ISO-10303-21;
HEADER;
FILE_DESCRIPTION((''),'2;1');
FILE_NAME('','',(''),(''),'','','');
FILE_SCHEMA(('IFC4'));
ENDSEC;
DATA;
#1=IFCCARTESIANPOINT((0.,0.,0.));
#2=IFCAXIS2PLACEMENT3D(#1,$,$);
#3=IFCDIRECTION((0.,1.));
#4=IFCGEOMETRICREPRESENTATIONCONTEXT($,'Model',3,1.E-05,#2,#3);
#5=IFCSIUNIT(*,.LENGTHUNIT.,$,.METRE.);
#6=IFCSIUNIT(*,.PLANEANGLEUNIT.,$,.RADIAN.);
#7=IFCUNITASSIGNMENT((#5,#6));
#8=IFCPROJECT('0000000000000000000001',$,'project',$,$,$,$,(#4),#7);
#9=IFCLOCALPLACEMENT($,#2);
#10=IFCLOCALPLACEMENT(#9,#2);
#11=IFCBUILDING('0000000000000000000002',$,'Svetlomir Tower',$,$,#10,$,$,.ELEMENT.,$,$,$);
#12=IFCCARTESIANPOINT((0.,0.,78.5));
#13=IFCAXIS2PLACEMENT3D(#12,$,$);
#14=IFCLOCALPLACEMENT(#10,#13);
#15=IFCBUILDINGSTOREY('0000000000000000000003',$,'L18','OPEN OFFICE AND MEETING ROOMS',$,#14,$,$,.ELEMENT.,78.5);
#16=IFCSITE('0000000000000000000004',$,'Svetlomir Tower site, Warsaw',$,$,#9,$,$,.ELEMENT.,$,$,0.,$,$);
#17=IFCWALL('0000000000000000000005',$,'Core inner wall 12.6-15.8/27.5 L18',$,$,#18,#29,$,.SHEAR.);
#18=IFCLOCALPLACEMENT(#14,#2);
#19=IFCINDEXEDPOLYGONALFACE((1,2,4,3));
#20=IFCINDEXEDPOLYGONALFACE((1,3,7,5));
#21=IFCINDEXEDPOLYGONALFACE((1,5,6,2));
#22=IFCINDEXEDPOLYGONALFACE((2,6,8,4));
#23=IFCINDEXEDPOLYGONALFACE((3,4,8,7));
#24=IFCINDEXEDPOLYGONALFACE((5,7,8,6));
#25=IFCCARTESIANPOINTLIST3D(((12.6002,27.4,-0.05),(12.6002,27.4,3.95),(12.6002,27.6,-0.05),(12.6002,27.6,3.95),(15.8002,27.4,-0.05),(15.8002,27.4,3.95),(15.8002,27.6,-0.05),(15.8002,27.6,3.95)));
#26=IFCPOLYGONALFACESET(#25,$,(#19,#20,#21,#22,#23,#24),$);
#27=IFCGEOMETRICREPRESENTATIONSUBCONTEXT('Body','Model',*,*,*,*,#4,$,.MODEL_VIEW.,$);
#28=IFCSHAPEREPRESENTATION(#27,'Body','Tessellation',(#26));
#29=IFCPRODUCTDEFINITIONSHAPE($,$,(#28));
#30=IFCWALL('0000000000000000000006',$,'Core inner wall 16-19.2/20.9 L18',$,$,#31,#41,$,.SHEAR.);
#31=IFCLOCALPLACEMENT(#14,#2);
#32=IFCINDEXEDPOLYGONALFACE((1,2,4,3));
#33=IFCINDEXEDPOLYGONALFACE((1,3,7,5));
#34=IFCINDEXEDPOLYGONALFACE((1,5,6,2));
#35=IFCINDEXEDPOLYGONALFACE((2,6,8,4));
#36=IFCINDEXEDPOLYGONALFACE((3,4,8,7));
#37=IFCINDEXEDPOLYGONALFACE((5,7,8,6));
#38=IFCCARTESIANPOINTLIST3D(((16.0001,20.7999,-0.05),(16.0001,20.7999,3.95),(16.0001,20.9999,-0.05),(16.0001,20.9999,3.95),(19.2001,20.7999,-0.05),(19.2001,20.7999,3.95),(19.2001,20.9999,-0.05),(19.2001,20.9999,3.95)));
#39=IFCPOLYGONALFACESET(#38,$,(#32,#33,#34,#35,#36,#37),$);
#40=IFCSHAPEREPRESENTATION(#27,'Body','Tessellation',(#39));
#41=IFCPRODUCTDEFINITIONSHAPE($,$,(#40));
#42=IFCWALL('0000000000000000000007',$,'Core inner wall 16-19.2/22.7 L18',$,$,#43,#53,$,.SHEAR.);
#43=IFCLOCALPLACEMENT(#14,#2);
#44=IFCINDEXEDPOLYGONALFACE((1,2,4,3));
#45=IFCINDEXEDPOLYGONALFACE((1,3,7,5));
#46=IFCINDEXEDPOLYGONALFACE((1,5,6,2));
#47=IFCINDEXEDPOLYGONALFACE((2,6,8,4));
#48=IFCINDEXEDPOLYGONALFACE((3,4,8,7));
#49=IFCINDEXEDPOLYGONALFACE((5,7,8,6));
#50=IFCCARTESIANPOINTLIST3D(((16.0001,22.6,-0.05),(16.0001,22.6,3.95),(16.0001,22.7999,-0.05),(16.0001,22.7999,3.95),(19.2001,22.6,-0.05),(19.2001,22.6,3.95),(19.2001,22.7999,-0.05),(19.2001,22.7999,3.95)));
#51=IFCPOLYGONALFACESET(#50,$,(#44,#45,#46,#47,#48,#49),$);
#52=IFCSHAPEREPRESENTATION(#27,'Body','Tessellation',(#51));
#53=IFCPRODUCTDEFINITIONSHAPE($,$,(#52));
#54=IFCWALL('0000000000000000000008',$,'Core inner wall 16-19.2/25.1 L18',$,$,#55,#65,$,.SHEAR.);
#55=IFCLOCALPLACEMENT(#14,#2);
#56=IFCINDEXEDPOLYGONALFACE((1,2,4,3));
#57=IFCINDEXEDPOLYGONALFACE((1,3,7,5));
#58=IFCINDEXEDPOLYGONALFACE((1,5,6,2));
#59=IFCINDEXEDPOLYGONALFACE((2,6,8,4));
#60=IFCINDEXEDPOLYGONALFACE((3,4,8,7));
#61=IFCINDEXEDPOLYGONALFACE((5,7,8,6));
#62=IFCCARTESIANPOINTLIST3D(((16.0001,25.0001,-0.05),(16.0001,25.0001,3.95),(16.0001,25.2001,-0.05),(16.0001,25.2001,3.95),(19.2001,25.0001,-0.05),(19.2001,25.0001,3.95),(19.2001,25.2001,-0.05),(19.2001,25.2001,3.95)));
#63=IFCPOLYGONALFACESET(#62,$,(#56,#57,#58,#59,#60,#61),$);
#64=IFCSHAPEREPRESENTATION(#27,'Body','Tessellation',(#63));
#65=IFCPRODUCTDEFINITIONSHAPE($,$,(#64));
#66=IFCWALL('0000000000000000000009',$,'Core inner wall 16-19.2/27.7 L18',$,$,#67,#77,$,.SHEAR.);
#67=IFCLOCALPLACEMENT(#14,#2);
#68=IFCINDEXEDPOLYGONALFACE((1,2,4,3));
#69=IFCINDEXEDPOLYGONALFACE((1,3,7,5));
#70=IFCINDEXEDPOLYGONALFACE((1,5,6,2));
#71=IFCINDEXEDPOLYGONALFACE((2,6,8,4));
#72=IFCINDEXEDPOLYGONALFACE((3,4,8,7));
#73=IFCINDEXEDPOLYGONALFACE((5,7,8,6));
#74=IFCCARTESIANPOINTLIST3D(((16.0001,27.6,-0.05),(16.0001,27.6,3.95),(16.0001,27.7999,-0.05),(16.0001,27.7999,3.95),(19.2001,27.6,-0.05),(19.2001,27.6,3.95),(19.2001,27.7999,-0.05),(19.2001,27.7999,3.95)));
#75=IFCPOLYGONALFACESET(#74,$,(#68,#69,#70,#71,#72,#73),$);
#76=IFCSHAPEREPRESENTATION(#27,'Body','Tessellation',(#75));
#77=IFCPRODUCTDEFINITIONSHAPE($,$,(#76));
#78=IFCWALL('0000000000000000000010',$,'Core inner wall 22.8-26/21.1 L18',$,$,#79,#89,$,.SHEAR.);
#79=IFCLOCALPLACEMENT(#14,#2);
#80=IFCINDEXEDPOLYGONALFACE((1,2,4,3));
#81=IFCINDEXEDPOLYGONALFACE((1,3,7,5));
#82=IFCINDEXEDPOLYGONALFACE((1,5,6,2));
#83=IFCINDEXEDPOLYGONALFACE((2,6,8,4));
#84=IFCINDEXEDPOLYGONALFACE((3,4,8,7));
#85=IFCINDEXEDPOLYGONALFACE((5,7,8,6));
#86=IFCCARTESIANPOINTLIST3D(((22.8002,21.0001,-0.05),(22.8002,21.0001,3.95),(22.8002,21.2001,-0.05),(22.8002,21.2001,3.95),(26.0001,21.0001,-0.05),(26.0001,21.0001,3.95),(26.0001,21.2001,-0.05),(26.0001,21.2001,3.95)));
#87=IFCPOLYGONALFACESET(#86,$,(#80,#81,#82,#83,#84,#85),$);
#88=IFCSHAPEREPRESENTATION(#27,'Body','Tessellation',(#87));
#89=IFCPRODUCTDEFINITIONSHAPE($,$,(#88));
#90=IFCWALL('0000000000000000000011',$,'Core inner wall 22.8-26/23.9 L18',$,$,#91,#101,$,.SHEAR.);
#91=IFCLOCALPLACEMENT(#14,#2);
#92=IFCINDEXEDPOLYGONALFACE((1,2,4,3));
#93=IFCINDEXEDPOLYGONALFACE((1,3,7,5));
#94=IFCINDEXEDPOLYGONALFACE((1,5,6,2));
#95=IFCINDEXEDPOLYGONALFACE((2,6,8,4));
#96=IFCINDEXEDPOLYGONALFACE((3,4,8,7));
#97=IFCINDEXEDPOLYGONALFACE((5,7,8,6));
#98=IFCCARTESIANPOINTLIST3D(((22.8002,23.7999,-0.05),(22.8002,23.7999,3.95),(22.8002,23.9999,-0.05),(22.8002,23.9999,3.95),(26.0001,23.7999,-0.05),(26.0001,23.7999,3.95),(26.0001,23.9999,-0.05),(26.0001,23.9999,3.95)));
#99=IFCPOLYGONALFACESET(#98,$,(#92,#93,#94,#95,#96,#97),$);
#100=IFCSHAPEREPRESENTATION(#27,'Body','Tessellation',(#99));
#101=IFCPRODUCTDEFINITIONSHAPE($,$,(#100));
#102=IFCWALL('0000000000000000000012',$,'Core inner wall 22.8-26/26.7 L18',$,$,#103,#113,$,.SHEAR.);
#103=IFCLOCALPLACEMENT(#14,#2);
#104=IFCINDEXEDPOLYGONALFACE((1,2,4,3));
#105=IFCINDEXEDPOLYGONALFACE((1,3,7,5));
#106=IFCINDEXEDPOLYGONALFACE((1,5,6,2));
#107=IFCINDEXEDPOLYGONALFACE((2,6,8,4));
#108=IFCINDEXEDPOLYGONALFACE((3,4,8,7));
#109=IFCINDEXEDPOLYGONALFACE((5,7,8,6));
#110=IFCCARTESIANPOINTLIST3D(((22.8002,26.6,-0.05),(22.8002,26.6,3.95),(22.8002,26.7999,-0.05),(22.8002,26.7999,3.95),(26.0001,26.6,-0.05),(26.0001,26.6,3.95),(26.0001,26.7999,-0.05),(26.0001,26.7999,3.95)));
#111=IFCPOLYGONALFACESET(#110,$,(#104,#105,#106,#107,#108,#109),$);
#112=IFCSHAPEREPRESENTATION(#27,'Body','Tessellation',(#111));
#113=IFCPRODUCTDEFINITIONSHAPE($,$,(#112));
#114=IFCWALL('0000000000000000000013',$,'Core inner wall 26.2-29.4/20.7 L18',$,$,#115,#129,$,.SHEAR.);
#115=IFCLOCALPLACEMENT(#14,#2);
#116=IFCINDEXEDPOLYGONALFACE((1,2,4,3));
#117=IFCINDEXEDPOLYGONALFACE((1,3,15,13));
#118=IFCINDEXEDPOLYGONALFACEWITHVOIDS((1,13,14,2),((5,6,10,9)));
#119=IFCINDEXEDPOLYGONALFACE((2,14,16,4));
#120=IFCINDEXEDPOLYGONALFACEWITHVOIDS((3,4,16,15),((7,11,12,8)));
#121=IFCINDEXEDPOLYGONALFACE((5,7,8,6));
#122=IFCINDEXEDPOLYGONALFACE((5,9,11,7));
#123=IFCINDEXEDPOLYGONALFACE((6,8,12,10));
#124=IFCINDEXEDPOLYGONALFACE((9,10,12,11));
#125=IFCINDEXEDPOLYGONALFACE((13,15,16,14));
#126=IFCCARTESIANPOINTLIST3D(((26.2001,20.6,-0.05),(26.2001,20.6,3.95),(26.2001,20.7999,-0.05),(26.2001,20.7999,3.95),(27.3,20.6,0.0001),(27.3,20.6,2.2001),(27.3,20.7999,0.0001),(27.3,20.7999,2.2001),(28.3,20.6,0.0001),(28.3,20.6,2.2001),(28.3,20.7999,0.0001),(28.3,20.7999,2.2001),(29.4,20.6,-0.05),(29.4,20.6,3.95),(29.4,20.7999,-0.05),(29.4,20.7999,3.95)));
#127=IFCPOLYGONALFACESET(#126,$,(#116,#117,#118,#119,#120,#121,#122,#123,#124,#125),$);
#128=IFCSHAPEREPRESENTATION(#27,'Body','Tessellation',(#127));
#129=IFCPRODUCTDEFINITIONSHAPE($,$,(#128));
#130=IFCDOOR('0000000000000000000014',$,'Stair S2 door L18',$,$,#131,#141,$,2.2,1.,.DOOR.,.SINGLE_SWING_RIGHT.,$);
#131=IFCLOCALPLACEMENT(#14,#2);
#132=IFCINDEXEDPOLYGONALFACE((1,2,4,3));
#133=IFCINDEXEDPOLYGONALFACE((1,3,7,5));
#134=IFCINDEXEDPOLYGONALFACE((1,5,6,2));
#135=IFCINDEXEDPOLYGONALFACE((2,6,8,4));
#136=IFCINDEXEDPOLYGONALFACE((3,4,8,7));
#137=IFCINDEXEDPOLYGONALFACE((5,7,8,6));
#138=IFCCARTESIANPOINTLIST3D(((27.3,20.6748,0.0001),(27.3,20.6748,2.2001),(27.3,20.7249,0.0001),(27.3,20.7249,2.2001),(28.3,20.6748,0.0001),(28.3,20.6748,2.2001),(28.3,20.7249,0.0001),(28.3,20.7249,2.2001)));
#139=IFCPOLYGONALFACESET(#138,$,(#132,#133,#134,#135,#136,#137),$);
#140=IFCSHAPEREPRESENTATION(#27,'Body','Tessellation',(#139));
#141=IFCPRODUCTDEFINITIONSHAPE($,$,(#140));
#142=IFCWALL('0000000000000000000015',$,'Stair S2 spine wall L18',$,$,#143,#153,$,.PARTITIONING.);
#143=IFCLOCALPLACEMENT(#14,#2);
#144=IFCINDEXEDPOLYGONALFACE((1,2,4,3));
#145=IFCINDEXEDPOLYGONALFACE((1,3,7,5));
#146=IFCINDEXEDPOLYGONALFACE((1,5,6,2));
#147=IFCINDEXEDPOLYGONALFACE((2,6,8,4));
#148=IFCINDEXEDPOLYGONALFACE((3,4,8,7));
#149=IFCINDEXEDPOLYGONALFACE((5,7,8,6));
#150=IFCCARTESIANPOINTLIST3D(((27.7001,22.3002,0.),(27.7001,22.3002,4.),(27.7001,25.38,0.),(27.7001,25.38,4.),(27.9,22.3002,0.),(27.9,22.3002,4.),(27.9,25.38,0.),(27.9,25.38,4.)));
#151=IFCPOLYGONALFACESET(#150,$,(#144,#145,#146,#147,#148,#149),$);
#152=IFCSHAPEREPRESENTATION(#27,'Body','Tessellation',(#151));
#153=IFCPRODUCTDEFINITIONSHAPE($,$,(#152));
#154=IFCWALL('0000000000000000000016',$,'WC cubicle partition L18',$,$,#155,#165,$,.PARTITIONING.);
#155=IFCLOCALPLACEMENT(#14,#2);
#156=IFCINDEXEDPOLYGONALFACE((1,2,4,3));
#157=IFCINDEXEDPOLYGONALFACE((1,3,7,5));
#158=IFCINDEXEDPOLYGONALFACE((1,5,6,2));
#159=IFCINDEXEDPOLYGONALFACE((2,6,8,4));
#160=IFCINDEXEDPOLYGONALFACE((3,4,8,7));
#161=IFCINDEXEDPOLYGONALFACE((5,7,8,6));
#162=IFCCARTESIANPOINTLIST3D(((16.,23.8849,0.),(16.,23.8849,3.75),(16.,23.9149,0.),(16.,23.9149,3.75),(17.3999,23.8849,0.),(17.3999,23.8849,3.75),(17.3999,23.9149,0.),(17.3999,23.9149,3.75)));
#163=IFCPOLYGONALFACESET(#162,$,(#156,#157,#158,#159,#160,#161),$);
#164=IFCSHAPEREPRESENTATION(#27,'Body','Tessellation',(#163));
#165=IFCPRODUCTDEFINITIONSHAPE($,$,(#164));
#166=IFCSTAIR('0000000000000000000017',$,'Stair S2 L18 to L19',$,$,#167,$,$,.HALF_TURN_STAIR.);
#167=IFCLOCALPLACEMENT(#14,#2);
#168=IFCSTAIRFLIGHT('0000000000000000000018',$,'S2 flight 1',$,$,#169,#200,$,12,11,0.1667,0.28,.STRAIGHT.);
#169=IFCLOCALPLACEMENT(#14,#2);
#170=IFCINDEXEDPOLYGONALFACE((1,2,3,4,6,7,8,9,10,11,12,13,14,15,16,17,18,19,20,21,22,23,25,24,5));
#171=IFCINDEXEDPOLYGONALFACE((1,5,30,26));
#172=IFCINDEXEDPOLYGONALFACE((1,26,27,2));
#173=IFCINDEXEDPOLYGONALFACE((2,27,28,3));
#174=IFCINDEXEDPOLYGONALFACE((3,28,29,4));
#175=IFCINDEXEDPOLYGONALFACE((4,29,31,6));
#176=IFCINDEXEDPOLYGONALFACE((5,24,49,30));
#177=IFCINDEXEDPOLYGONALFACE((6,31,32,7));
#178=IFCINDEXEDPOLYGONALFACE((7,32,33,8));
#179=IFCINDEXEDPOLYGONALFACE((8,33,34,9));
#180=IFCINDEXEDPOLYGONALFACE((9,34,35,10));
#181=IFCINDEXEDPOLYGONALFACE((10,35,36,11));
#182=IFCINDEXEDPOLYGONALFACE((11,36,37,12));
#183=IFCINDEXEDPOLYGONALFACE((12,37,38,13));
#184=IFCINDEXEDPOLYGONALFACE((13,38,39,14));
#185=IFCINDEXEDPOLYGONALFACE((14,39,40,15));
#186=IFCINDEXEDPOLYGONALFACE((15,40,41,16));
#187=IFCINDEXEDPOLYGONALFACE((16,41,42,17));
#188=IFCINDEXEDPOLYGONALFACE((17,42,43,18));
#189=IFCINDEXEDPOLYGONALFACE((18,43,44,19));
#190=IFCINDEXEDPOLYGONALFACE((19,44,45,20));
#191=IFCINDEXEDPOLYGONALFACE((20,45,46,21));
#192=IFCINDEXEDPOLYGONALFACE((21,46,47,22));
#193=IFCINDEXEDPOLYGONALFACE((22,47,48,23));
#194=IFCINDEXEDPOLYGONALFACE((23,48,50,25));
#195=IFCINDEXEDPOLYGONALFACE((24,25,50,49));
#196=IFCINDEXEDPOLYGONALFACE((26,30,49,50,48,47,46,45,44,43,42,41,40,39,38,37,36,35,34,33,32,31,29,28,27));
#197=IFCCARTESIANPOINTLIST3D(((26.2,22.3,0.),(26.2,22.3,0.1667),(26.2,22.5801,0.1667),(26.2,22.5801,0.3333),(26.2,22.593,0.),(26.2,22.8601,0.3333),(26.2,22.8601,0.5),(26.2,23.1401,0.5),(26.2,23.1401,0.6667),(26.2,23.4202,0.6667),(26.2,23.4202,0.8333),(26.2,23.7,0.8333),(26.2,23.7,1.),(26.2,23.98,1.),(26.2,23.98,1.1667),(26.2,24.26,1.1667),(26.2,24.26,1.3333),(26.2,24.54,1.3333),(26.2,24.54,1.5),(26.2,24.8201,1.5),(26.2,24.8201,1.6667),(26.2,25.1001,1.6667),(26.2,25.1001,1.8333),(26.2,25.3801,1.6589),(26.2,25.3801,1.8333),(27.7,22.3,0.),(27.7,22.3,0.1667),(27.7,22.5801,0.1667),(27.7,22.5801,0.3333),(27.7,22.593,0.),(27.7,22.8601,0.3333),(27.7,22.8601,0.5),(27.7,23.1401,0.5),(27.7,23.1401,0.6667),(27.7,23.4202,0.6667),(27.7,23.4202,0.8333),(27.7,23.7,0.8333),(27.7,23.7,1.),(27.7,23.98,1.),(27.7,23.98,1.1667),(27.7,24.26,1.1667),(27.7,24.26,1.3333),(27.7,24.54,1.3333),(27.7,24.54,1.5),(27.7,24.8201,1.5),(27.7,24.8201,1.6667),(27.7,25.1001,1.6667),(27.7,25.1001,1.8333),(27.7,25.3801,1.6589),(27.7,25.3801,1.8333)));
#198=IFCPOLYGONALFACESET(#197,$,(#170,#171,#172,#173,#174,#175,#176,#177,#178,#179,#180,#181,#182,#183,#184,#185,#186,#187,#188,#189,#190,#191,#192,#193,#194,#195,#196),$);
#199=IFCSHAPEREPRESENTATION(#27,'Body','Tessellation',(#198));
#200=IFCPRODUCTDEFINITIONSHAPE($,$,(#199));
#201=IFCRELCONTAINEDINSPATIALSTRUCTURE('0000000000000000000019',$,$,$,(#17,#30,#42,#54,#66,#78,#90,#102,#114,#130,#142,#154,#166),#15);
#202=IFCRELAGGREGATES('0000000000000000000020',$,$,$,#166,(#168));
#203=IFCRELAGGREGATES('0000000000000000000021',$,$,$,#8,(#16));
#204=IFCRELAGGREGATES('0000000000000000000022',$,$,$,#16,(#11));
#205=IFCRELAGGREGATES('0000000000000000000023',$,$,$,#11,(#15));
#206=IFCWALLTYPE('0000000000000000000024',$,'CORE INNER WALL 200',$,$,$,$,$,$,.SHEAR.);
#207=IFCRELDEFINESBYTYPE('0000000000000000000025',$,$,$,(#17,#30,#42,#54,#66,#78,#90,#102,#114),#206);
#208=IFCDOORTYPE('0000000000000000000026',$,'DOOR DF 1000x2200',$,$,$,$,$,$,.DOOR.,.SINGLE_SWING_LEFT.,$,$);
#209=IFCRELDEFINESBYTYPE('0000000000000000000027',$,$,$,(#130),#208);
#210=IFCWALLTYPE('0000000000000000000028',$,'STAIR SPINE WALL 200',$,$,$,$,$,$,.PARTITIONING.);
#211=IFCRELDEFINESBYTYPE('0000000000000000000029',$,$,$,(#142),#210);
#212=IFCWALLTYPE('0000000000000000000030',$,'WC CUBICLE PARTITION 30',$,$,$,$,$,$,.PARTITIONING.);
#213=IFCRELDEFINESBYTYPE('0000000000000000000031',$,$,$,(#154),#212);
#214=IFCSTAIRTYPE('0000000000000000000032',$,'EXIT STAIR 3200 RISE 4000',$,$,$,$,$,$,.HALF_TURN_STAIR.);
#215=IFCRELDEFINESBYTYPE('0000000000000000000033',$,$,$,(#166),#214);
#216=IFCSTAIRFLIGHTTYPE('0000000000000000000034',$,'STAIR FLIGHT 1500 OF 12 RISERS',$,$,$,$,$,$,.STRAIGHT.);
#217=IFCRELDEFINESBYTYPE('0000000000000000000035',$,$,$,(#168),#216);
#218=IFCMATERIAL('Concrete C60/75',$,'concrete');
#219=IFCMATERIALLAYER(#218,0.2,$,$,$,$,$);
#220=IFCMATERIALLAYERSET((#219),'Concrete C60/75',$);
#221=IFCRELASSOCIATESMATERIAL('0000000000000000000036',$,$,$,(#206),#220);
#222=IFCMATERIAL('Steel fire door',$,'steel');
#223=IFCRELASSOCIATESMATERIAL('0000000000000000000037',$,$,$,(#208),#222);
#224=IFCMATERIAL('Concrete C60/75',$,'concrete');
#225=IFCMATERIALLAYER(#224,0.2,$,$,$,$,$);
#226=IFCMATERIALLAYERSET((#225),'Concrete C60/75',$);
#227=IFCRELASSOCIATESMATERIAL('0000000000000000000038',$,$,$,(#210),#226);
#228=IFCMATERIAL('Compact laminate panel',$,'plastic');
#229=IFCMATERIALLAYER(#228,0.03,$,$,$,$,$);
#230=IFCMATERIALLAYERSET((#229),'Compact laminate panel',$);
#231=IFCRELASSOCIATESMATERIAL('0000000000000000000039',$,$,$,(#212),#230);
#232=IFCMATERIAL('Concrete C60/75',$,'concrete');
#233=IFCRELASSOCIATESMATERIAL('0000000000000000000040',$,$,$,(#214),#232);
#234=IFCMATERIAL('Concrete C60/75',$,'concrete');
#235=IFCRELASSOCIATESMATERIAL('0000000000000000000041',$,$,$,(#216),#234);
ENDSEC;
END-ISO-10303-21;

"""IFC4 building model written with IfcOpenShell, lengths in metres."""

from ifc_helpers import new_model, si_unit, direction, frame, frame_2d, origin, place, context, subcontext, project, spatial, polyline, rectangle, outline, extrude, material, layer, layer_set, type_object, element, fill, aggregate, save


model = new_model("IFC4")

# Units and contexts
model_context = context("Model", 3, precision=1e-05, world=origin(), true_north=direction((0.0, 1.0)))
body_context = subcontext(model_context, "Body", "Model", "MODEL_VIEW")
ifc_project = project(units=[si_unit("LENGTHUNIT", "METRE"), si_unit("PLANEANGLEUNIT", "RADIAN")], contexts=[model_context])

# Site, building, storey
site_placement = place(None, origin())
site = spatial("IfcSite", under=ifc_project, at=site_placement, Name="Svetlomir Tower site, Warsaw", CompositionType="ELEMENT", RefElevation=0.0)
building_placement = place(site_placement, origin())
building = spatial("IfcBuilding", under=site, at=building_placement, Name="Svetlomir Tower", CompositionType="ELEMENT")
storey_placement = place(building_placement, frame((0.0, 0.0, 78.5)))
storey = spatial("IfcBuildingStorey", under=building, at=storey_placement, Name="L18", Description="OPEN OFFICE AND MEETING ROOMS", CompositionType="ELEMENT", Elevation=78.5)

# Walls
ifc_material_1 = material(Name="Concrete C60/75", Category="concrete")
ifc_layer_1 = layer(ifc_material_1, 0.2)
ifc_layer_set_1 = layer_set([ifc_layer_1], Name="Concrete C60/75")
wall_type_1 = type_object("IfcWallType", Name="CORE INNER WALL 200", PredefinedType="SHEAR", material=ifc_layer_set_1)
for number, where, z_axis, x_axis, name in (
    (1, (12.6001, 27.5, -0.05), (0.0, 0.0, 1.0), (1.0, 0.0, 0.0), "Core inner wall 12.6-15.8/27.5 L18"),
    (2, (16.0, 20.8999, -0.05), (0.0, 0.0, 1.0), (1.0, 0.0, 0.0), "Core inner wall 16-19.2/20.9 L18"),
    (3, (16.0, 22.7, -0.05), (0.0, 0.0, 1.0), (1.0, 0.0, 0.0), "Core inner wall 16-19.2/22.7 L18"),
    (4, (16.0, 25.1001, -0.05), (0.0, 0.0, 1.0), (1.0, 0.0, 0.0), "Core inner wall 16-19.2/25.1 L18"),
    (5, (16.0, 27.7, -0.05), (0.0, 0.0, 1.0), (1.0, 0.0, 0.0), "Core inner wall 16-19.2/27.7 L18"),
    (6, (22.8, 21.1001, -0.05), (0.0, 0.0, 1.0), (1.0, 0.0, 0.0), "Core inner wall 22.8-26/21.1 L18"),
    (7, (22.8, 23.8999, -0.05), (0.0, 0.0, 1.0), (1.0, 0.0, 0.0), "Core inner wall 22.8-26/23.9 L18"),
    (8, (22.8, 26.7, -0.05), (0.0, 0.0, 1.0), (1.0, 0.0, 0.0), "Core inner wall 22.8-26/26.7 L18"),
):
    element("IfcWall", number, at=place(storey_placement, frame(where, z_axis=z_axis, x_axis=x_axis)), inside=storey, type_object=wall_type_1, Name=name, PredefinedType="SHEAR", context=body_context, shape_type="SweptSolid", body=[
        extrude(rectangle(XDim=3.2, YDim=0.2, at=frame_2d((1.6001, 0.0))), origin(), (0.0, 0.0, 1.0), 4.0),
    ])

# Wall, opening, door
wall_1_placement = place(storey_placement, frame((26.2, 20.7, -0.05), z_axis=(0.0, 0.0, 1.0), x_axis=(1.0, 0.0, 0.0)))
wall_1 = element("IfcWall", 9, at=wall_1_placement, inside=storey, type_object=wall_type_1, Name="Core inner wall 26.2-29.4/20.7 L18", PredefinedType="SHEAR", context=body_context, shape_type="SweptSolid", body=[
    extrude(rectangle(XDim=3.2, YDim=0.2, at=frame_2d((1.6001, 0.0))), origin(), (0.0, 0.0, 1.0), 4.0),
])
opening_placement = place(wall_1_placement, frame((1.1001, 0.0, 0.05)))
opening = element("IfcOpeningElement", 10, at=opening_placement, cuts=wall_1, PredefinedType="OPENING", context=body_context, shape_type="SweptSolid", body=[
    extrude(rectangle(XDim=1.0, YDim=2.2, at=frame_2d((0.5, 1.1001))), frame((0.0, 0.1099, 0.0), z_axis=(0.0, -1.0, 0.0), x_axis=(1.0, 0.0, 0.0)), (0.0, 0.0, 1.0), 0.22),
])
ifc_material_2 = material(Name="Steel fire door", Category="steel")
door_type = type_object("IfcDoorType", Name="DOOR DF 1000x2200", OperationType="SINGLE_SWING_LEFT", PredefinedType="DOOR", material=ifc_material_2)
door_placement = place(opening_placement, origin())
door = element("IfcDoor", 11, at=door_placement, inside=storey, type_object=door_type, Name="Stair S2 door L18", OperationType="SINGLE_SWING_RIGHT", OverallHeight=2.2, OverallWidth=1.0, PredefinedType="DOOR", context=body_context, shape_type="SweptSolid", body=[
    extrude(rectangle(XDim=1.0, YDim=2.2, at=frame_2d((0.5, 1.1001))), frame((0.0, 0.0249, 0.0), z_axis=(0.0, -1.0, 0.0), x_axis=(1.0, 0.0, 0.0)), (0.0, 0.0, 1.0), 0.05),
])
fill(opening, door)

# Walls
ifc_material_3 = material(Name="Concrete C60/75", Category="concrete")
ifc_layer_2 = layer(ifc_material_3, 0.2)
ifc_layer_set_2 = layer_set([ifc_layer_2], Name="Concrete C60/75")
wall_type_2 = type_object("IfcWallType", Name="STAIR SPINE WALL 200", PredefinedType="PARTITIONING", material=ifc_layer_set_2)
wall_2_placement = place(storey_placement, frame((27.8, 22.3, 0.0), z_axis=(0.0, 0.0, 1.0), x_axis=(0.0, 1.0, 0.0)))
element("IfcWall", 12, at=wall_2_placement, inside=storey, type_object=wall_type_2, Name="Stair S2 spine wall L18", PredefinedType="PARTITIONING", context=body_context, shape_type="SweptSolid", body=[
    extrude(rectangle(XDim=3.0798, YDim=0.2, at=frame_2d((1.54, 0.0))), origin(), (0.0, 0.0, 1.0), 4.0),
])
ifc_material_4 = material(Name="Compact laminate panel", Category="plastic")
ifc_layer_3 = layer(ifc_material_4, 0.03)
ifc_layer_set_3 = layer_set([ifc_layer_3], Name="Compact laminate panel")
wall_type_3 = type_object("IfcWallType", Name="WC CUBICLE PARTITION 30", PredefinedType="PARTITIONING", material=ifc_layer_set_3)
wall_3_placement = place(storey_placement, frame((16.0, 23.8999, 0.0), z_axis=(0.0, 0.0, 1.0), x_axis=(1.0, 0.0, 0.0)))
element("IfcWall", 13, at=wall_3_placement, inside=storey, type_object=wall_type_3, Name="WC cubicle partition L18", PredefinedType="PARTITIONING", context=body_context, shape_type="SweptSolid", body=[
    extrude(rectangle(XDim=1.3999, YDim=0.03, at=frame_2d((0.7, 0.0))), origin(), (0.0, 0.0, 1.0), 3.75),
])

# Stair, stair flight
ifc_material_5 = material(Name="Concrete C60/75", Category="concrete")
stair_type = type_object("IfcStairType", Name="EXIT STAIR 3200 RISE 4000", PredefinedType="HALF_TURN_STAIR", material=ifc_material_5)
stair_placement = place(storey_placement, origin())
stair = element("IfcStair", 14, at=stair_placement, inside=storey, type_object=stair_type, Name="Stair S2 L18 to L19", PredefinedType="HALF_TURN_STAIR")
ifc_material_6 = material(Name="Concrete C60/75", Category="concrete")
stair_flight_type = type_object("IfcStairFlightType", Name="STAIR FLIGHT 1500 OF 12 RISERS", PredefinedType="STRAIGHT", material=ifc_material_6)
stair_flight_1_placement = place(storey_placement, frame((26.95, 22.3, 0.0), z_axis=(0.0, 0.0, 1.0), x_axis=(0.0, 1.0, 0.0)))
stair_flight_1 = element("IfcStairFlight", 15, at=stair_flight_1_placement, type_object=stair_flight_type, Name="S2 flight 1", NumberOfRisers=12, NumberOfTreads=11, PredefinedType="STRAIGHT", RiserHeight=0.1667, TreadLength=0.28, context=body_context, shape_type="SweptSolid", body=[
    extrude(outline(polyline([(0.0, 0.0), (0.0, 0.1667), (0.28, 0.1667), (0.28, 0.3333), (0.5601, 0.3333), (0.5601, 0.5), (0.8401, 0.5), (0.8401, 0.6667), (1.1201, 0.6667), (1.1201, 0.8333), (1.3999, 0.8333), (1.3999, 1.0), (1.6799, 1.0), (1.6799, 1.1667), (1.96, 1.1667), (1.96, 1.3333), (2.24, 1.3333), (2.24, 1.5), (2.52, 1.5), (2.52, 1.6667), (2.8, 1.6667), (2.8, 1.8333), (3.0801, 1.8333), (3.0801, 2.0), (3.0801, 1.6589), (0.293, 0.0), (0.0, 0.0)])), frame((0.0, 0.75, 0.0), z_axis=(0.0, -1.0, 0.0), x_axis=(1.0, 0.0, 0.0)), (0.0, 0.0, 1.0), 1.5),
])
aggregate(stair, [stair_flight_1])

save(model, "model.ifc")
